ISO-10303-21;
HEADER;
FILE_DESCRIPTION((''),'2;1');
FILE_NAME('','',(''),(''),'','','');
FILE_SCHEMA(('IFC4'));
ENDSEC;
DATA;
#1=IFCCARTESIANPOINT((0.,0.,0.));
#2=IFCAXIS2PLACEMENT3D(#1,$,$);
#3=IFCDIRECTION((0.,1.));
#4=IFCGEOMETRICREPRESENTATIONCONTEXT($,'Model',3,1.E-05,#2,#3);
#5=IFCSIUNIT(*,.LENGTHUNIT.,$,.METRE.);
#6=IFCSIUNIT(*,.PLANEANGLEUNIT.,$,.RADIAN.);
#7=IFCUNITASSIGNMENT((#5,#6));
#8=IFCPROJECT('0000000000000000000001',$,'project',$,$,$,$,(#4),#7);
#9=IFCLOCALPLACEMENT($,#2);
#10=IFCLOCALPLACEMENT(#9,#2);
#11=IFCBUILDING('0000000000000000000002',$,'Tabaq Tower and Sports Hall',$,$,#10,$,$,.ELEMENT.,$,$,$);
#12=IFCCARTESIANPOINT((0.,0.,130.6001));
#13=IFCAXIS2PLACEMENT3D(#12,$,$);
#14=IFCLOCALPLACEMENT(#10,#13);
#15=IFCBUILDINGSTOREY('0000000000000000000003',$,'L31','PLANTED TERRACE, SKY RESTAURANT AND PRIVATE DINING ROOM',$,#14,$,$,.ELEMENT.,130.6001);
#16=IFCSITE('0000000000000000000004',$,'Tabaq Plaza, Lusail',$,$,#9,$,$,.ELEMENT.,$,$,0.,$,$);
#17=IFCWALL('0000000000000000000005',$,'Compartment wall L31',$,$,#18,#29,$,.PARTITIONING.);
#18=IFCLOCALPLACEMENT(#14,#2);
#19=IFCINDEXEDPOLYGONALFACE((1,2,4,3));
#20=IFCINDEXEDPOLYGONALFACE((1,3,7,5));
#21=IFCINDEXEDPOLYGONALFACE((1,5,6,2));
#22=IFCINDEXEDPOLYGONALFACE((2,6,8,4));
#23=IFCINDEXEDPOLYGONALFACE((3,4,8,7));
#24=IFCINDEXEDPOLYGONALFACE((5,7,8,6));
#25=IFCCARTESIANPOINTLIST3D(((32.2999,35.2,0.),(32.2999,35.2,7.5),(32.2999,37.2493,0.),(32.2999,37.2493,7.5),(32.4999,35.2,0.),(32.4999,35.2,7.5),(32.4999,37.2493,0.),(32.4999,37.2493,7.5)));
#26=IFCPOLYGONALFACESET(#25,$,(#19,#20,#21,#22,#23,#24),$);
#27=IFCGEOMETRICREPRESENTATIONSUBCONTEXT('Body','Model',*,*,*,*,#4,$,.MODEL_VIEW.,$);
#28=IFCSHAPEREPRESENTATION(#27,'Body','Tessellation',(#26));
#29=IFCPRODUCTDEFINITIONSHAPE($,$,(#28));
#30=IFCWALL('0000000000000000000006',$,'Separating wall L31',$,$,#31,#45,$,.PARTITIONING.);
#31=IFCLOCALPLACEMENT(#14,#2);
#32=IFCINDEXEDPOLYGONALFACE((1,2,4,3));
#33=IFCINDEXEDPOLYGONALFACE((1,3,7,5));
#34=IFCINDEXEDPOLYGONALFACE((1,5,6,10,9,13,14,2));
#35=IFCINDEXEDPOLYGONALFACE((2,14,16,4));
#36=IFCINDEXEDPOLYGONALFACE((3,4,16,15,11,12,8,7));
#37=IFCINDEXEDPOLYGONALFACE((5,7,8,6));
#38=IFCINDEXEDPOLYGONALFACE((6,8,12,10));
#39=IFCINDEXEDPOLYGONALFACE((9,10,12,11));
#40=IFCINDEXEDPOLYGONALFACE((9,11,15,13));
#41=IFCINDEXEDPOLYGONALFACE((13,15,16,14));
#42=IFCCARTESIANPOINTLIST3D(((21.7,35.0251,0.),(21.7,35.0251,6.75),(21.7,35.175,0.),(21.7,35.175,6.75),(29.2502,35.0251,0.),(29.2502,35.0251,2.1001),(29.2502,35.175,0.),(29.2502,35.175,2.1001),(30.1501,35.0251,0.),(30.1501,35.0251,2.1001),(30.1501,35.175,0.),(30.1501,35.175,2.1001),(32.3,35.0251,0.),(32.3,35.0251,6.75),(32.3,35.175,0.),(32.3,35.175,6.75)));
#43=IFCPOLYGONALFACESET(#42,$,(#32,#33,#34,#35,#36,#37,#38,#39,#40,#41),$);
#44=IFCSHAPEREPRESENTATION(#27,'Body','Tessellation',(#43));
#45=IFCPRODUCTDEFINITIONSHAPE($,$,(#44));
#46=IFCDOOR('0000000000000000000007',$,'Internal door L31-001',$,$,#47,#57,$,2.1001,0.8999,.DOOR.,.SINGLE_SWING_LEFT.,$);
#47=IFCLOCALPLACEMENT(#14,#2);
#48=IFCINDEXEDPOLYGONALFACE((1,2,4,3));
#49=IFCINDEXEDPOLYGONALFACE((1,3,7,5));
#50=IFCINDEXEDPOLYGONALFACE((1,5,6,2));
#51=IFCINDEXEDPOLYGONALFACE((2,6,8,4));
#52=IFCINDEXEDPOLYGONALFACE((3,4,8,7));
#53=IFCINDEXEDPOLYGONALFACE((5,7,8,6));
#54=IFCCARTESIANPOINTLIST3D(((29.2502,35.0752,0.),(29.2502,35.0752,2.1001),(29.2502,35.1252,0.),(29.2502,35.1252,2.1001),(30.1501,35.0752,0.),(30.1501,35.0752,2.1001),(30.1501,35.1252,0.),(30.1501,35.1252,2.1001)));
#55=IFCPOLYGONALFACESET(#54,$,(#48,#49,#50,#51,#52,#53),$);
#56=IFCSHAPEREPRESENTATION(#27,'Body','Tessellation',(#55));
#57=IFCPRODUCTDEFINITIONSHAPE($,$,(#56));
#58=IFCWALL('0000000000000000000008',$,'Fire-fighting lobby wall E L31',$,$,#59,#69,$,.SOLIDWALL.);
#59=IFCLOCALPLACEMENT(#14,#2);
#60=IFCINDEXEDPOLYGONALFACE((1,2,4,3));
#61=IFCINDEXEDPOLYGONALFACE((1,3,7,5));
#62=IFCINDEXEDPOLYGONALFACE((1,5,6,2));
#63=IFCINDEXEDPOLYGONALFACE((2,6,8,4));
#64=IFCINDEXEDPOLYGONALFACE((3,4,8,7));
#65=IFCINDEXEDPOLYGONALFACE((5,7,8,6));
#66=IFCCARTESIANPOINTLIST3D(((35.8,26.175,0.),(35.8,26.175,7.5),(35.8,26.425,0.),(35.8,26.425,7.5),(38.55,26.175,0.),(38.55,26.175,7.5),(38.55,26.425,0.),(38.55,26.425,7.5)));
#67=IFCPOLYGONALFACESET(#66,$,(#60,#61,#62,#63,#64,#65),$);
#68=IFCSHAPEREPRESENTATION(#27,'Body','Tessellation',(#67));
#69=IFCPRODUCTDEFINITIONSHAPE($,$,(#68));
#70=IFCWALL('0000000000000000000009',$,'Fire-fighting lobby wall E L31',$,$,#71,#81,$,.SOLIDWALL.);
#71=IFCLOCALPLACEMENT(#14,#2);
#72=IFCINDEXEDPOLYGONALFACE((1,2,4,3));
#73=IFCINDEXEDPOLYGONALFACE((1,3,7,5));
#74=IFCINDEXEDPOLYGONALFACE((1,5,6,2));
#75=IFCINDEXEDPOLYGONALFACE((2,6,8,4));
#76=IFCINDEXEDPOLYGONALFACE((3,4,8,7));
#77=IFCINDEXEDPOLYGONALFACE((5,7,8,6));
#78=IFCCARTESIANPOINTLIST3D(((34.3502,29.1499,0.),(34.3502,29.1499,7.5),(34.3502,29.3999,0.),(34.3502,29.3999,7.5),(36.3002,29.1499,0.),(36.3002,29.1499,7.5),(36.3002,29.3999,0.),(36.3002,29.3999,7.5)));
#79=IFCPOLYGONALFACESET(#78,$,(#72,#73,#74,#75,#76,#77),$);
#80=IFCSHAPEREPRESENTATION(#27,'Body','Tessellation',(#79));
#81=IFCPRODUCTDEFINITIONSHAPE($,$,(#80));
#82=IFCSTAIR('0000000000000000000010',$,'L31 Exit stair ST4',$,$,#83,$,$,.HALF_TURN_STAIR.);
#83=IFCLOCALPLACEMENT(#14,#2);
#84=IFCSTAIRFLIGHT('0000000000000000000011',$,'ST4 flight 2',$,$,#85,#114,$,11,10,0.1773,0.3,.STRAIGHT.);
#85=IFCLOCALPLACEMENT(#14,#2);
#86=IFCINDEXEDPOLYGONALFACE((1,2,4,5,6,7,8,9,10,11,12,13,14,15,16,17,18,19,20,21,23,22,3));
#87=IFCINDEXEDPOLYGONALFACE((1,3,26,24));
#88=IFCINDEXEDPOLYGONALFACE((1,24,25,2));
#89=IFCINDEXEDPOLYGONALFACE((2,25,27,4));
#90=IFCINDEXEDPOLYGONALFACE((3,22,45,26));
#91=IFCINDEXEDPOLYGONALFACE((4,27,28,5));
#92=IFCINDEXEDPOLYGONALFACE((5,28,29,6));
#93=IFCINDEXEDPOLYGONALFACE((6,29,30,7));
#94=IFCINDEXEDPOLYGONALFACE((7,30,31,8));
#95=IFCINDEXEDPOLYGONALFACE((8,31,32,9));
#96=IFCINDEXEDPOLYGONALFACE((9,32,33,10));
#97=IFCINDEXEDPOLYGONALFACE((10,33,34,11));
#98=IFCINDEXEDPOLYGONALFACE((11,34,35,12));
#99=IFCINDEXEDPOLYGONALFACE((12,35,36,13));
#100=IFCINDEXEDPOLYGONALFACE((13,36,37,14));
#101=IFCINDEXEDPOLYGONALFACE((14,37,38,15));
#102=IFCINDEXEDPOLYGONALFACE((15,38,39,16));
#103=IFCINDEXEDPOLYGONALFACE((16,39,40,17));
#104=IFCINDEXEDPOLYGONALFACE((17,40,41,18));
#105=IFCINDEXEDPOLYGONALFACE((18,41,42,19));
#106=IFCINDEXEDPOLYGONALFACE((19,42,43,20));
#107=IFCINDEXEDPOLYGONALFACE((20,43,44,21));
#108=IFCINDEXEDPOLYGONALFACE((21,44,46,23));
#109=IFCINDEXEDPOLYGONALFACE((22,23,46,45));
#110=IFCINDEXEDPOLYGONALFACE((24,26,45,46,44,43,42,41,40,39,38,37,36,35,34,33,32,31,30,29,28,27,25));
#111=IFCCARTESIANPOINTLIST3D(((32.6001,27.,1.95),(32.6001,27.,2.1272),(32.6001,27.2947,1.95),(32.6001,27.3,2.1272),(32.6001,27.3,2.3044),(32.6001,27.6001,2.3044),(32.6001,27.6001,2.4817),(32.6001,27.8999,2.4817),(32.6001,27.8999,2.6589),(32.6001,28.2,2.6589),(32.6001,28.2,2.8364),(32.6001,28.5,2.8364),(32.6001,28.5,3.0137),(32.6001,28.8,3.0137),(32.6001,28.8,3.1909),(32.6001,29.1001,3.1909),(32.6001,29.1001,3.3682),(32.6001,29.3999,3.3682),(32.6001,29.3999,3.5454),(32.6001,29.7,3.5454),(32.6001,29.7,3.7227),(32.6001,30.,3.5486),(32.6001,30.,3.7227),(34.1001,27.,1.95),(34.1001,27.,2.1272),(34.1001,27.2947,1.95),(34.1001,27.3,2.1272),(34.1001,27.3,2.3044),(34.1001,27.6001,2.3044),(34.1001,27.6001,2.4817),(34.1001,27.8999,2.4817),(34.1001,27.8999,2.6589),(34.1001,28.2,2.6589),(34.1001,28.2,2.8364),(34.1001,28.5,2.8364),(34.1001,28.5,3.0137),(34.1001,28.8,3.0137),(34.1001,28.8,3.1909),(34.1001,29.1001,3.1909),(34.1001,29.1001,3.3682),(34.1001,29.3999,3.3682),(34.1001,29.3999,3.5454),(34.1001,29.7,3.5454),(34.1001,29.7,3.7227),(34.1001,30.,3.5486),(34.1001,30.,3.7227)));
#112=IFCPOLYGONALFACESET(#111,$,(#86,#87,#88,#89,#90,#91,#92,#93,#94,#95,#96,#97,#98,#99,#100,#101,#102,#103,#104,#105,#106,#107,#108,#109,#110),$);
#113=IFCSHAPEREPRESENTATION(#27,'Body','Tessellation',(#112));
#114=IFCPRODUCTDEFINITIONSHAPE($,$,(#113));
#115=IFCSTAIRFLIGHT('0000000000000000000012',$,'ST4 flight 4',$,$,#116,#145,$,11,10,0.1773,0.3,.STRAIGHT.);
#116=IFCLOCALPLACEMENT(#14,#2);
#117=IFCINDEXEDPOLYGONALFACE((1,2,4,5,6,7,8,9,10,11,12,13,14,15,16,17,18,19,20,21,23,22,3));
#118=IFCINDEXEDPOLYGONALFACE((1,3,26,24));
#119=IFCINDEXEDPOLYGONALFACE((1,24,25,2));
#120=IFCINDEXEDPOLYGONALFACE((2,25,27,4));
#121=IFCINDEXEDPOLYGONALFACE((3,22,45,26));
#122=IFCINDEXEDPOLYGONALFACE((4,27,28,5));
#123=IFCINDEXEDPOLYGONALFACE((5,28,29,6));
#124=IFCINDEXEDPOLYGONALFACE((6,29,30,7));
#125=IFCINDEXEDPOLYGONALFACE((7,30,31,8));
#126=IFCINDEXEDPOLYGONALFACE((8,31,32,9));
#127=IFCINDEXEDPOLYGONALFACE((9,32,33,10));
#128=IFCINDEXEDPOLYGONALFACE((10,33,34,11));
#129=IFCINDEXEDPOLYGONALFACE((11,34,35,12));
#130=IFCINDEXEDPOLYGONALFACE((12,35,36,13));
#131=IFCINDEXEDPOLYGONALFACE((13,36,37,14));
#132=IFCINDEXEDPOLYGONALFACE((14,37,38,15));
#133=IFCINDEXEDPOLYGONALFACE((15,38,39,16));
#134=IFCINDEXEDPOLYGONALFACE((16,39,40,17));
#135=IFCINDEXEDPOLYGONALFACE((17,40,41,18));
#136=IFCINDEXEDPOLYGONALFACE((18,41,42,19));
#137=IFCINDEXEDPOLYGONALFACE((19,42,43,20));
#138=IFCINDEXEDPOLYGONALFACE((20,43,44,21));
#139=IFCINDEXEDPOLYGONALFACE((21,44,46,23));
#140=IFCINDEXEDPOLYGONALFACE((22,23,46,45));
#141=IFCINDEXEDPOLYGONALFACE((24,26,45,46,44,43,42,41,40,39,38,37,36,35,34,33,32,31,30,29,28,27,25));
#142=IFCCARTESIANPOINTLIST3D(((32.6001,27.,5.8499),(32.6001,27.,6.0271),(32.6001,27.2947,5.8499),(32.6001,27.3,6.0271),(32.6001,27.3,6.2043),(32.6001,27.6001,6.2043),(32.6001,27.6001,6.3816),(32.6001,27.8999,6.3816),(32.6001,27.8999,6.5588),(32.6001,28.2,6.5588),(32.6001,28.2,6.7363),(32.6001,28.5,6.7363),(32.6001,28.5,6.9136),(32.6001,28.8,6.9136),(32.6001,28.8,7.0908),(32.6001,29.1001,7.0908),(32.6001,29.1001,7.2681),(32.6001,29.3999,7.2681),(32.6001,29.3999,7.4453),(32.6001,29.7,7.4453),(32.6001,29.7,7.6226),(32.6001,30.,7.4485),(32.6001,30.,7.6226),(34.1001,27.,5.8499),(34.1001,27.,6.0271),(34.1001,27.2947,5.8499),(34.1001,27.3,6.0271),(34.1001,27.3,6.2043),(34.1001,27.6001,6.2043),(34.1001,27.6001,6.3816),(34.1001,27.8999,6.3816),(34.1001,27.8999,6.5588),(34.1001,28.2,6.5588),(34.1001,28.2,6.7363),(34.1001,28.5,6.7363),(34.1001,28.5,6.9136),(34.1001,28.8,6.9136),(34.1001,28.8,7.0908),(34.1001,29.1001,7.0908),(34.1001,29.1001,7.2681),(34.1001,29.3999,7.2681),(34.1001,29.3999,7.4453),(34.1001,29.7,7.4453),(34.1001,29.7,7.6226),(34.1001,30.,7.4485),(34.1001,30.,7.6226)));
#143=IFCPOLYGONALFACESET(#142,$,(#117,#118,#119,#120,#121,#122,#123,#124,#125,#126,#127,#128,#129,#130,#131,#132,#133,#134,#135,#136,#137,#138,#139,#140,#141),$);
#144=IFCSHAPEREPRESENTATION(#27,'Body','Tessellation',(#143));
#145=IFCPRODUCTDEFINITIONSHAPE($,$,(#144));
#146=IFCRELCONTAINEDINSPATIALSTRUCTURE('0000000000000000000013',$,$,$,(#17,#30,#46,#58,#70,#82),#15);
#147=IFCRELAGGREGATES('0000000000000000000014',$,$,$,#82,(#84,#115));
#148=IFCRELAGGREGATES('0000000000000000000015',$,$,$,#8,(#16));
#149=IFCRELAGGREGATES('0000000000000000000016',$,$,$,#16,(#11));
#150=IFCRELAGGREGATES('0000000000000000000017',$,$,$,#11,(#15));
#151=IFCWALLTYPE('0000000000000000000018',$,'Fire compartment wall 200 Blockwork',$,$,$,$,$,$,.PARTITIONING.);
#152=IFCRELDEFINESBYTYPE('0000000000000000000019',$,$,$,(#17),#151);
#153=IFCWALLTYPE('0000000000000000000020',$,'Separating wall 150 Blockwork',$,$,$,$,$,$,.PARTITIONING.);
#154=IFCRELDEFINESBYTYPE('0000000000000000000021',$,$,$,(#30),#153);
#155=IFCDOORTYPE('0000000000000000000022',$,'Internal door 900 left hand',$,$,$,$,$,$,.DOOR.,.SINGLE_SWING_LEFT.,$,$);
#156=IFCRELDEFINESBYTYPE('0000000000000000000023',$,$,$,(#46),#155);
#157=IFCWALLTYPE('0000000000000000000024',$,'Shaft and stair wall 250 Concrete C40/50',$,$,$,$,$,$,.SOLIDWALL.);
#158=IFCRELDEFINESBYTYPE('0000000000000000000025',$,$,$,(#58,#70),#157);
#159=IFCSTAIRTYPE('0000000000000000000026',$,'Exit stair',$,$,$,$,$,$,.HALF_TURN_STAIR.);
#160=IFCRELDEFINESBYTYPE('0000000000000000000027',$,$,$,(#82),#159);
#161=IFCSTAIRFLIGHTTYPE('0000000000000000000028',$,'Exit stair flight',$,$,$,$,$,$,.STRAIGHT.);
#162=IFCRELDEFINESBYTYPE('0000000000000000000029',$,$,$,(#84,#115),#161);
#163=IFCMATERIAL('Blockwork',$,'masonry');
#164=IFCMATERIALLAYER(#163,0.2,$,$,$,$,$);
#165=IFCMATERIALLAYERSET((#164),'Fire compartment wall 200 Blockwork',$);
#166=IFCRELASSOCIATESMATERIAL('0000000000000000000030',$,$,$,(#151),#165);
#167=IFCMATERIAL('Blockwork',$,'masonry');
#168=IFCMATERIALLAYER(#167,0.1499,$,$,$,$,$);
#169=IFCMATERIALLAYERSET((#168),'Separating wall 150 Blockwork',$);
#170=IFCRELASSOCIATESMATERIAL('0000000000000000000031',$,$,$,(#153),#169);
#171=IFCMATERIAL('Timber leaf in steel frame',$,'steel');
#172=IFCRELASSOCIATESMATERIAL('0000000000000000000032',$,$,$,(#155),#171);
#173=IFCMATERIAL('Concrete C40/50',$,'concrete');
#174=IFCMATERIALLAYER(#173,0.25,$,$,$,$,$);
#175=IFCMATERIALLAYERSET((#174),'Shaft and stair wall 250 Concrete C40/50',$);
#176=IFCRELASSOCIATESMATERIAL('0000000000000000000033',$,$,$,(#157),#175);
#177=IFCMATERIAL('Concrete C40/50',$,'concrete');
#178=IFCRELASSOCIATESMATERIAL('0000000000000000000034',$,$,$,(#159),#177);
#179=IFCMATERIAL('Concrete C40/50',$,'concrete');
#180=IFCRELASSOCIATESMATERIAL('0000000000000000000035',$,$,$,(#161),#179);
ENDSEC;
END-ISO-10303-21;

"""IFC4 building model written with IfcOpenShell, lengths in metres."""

from ifc_helpers import new_model, si_unit, direction, frame, frame_2d, origin, place, context, subcontext, project, spatial, polyline, rectangle, outline, extrude, material, layer, layer_set, type_object, element, fill, aggregate, save


model = new_model("IFC4")

# Units and contexts
model_context = context("Model", 3, precision=1e-05, world=origin(), true_north=direction((0.0, 1.0)))
body_context = subcontext(model_context, "Body", "Model", "MODEL_VIEW")
ifc_project = project(units=[si_unit("LENGTHUNIT", "METRE"), si_unit("PLANEANGLEUNIT", "RADIAN")], contexts=[model_context])

# Site, building, storey
site_placement = place(None, origin())
site = spatial("IfcSite", under=ifc_project, at=site_placement, Name="Tabaq Plaza, Lusail", CompositionType="ELEMENT", RefElevation=0.0)
building_placement = place(site_placement, origin())
building = spatial("IfcBuilding", under=site, at=building_placement, Name="Tabaq Tower and Sports Hall", CompositionType="ELEMENT")
storey_placement = place(building_placement, frame((0.0, 0.0, 130.6001)))
storey = spatial("IfcBuildingStorey", under=building, at=storey_placement, Name="L31", Description="PLANTED TERRACE, SKY RESTAURANT AND PRIVATE DINING ROOM", CompositionType="ELEMENT", Elevation=130.6001)

# Wall
ifc_material_1 = material(Name="Blockwork", Category="masonry")
ifc_layer_1 = layer(ifc_material_1, 0.2)
ifc_layer_set_1 = layer_set([ifc_layer_1], Name="Fire compartment wall 200 Blockwork")
wall_type_1 = type_object("IfcWallType", Name="Fire compartment wall 200 Blockwork", PredefinedType="PARTITIONING", material=ifc_layer_set_1)
wall_1_placement = place(storey_placement, frame((32.3999, 35.2, 0.0), z_axis=(0.0, 0.0, 1.0), x_axis=(0.0, 1.0, 0.0)))
element("IfcWall", 1, at=wall_1_placement, inside=storey, type_object=wall_type_1, Name="Compartment wall L31", PredefinedType="PARTITIONING", context=body_context, shape_type="SweptSolid", body=[
    extrude(rectangle(XDim=2.0493, YDim=0.2, at=frame_2d((1.0247, 0.0))), origin(), (0.0, 0.0, 1.0), 7.5),
])

# Wall, opening, door
ifc_material_2 = material(Name="Blockwork", Category="masonry")
ifc_layer_2 = layer(ifc_material_2, 0.1499)
ifc_layer_set_2 = layer_set([ifc_layer_2], Name="Separating wall 150 Blockwork")
wall_type_2 = type_object("IfcWallType", Name="Separating wall 150 Blockwork", PredefinedType="PARTITIONING", material=ifc_layer_set_2)
wall_2_placement = place(storey_placement, frame((32.3, 35.1001, 0.0), z_axis=(0.0, 0.0, 1.0), x_axis=(-1.0, 0.0, 0.0)))
wall_2 = element("IfcWall", 2, at=wall_2_placement, inside=storey, type_object=wall_type_2, Name="Separating wall L31", PredefinedType="PARTITIONING", context=body_context, shape_type="SweptSolid", body=[
    extrude(rectangle(XDim=10.6001, YDim=0.1499, at=frame_2d((5.3, 0.0))), origin(), (0.0, 0.0, 1.0), 6.75),
])
opening_placement = place(wall_2_placement, frame((2.1499, 0.0, 0.0)))
opening = element("IfcOpeningElement", 3, at=opening_placement, cuts=wall_2, PredefinedType="OPENING", context=body_context, shape_type="SweptSolid", body=[
    extrude(rectangle(XDim=0.8999, YDim=2.1001, at=frame_2d((0.45, 1.05))), frame((0.0, 0.075, 0.0), z_axis=(0.0, -1.0, 0.0), x_axis=(1.0, 0.0, 0.0)), (0.0, 0.0, 1.0), 0.1499),
])
ifc_material_3 = material(Name="Timber leaf in steel frame", Category="steel")
door_type = type_object("IfcDoorType", Name="Internal door 900 left hand", OperationType="SINGLE_SWING_LEFT", PredefinedType="DOOR", material=ifc_material_3)
door_placement = place(opening_placement, origin())
door = element("IfcDoor", 4, at=door_placement, inside=storey, type_object=door_type, Name="Internal door L31-001", OperationType="SINGLE_SWING_LEFT", OverallHeight=2.1001, OverallWidth=0.8999, PredefinedType="DOOR", context=body_context, shape_type="SweptSolid", body=[
    extrude(rectangle(XDim=0.8999, YDim=2.1001, at=frame_2d((0.45, 1.05))), frame((0.0, 0.0249, 0.0), z_axis=(0.0, -1.0, 0.0), x_axis=(1.0, 0.0, 0.0)), (0.0, 0.0, 1.0), 0.05),
])
fill(opening, door)

# Walls
ifc_material_4 = material(Name="Concrete C40/50", Category="concrete")
ifc_layer_3 = layer(ifc_material_4, 0.25)
ifc_layer_set_3 = layer_set([ifc_layer_3], Name="Shaft and stair wall 250 Concrete C40/50")
wall_type_3 = type_object("IfcWallType", Name="Shaft and stair wall 250 Concrete C40/50", PredefinedType="SOLIDWALL", material=ifc_layer_set_3)
wall_3_placement = place(storey_placement, frame((35.8, 26.3, 0.0), z_axis=(0.0, 0.0, 1.0), x_axis=(1.0, 0.0, 0.0)))
element("IfcWall", 5, at=wall_3_placement, inside=storey, type_object=wall_type_3, Name="Fire-fighting lobby wall E L31", PredefinedType="SOLIDWALL", context=body_context, shape_type="SweptSolid", body=[
    extrude(rectangle(XDim=2.75, YDim=0.25, at=frame_2d((1.375, 0.0))), origin(), (0.0, 0.0, 1.0), 7.5),
])
wall_4_placement = place(storey_placement, frame((34.3501, 29.2749, 0.0), z_axis=(0.0, 0.0, 1.0), x_axis=(1.0, 0.0, 0.0)))
element("IfcWall", 6, at=wall_4_placement, inside=storey, type_object=wall_type_3, Name="Fire-fighting lobby wall E L31", PredefinedType="SOLIDWALL", context=body_context, shape_type="SweptSolid", body=[
    extrude(rectangle(XDim=1.95, YDim=0.25, at=frame_2d((0.9751, 0.0))), origin(), (0.0, 0.0, 1.0), 7.5),
])

# Stair, stair flights
ifc_material_5 = material(Name="Concrete C40/50", Category="concrete")
stair_type = type_object("IfcStairType", Name="Exit stair", PredefinedType="HALF_TURN_STAIR", material=ifc_material_5)
stair_placement = place(storey_placement, origin())
stair = element("IfcStair", 7, at=stair_placement, inside=storey, type_object=stair_type, Name="L31 Exit stair ST4", PredefinedType="HALF_TURN_STAIR")
ifc_material_6 = material(Name="Concrete C40/50", Category="concrete")
stair_flight_type = type_object("IfcStairFlightType", Name="Exit stair flight", PredefinedType="STRAIGHT", material=ifc_material_6)
stair_flight_1_placement = place(storey_placement, frame((33.3501, 27.0, 1.95), z_axis=(0.0, 0.0, 1.0), x_axis=(0.0, 1.0, 0.0)))
stair_flight_1 = element("IfcStairFlight", 8, at=stair_flight_1_placement, type_object=stair_flight_type, Name="ST4 flight 2", NumberOfRisers=11, NumberOfTreads=10, PredefinedType="STRAIGHT", RiserHeight=0.1773, TreadLength=0.3, context=body_context, shape_type="SweptSolid", body=[
    extrude(outline(polyline([(0.0, 0.0), (0.0, 0.1772), (0.3, 0.1772), (0.3, 0.3545), (0.6001, 0.3545), (0.6001, 0.5317), (0.8999, 0.5317), (0.8999, 0.709), (1.2, 0.709), (1.2, 0.8865), (1.5, 0.8865), (1.5, 1.0637), (1.8, 1.0637), (1.8, 1.241), (2.1001, 1.241), (2.1001, 1.4182), (2.3999, 1.4182), (2.3999, 1.5955), (2.7, 1.5955), (2.7, 1.7727), (3.0, 1.7727), (3.0, 1.95), (3.0, 1.5986), (0.2947, 0.0), (0.0, 0.0)])), frame((0.0, 0.75, 0.0), z_axis=(0.0, -1.0, 0.0), x_axis=(1.0, 0.0, 0.0)), (0.0, 0.0, 1.0), 1.5),
])
stair_flight_2_placement = place(storey_placement, frame((33.3501, 27.0, 5.8499), z_axis=(0.0, 0.0, 1.0), x_axis=(0.0, 1.0, 0.0)))
stair_flight_2 = element("IfcStairFlight", 9, at=stair_flight_2_placement, type_object=stair_flight_type, Name="ST4 flight 4", NumberOfRisers=11, NumberOfTreads=10, PredefinedType="STRAIGHT", RiserHeight=0.1773, TreadLength=0.3, context=body_context, shape_type="SweptSolid", body=[
    extrude(outline(polyline([(0.0, 0.0), (0.0, 0.1772), (0.3, 0.1772), (0.3, 0.3545), (0.6001, 0.3545), (0.6001, 0.5317), (0.8999, 0.5317), (0.8999, 0.709), (1.2, 0.709), (1.2, 0.8865), (1.5, 0.8865), (1.5, 1.0637), (1.8, 1.0637), (1.8, 1.241), (2.1001, 1.241), (2.1001, 1.4182), (2.3999, 1.4182), (2.3999, 1.5955), (2.7, 1.5955), (2.7, 1.7727), (3.0, 1.7727), (3.0, 1.95), (3.0, 1.5986), (0.2947, 0.0), (0.0, 0.0)])), frame((0.0, 0.75, 0.0), z_axis=(0.0, -1.0, 0.0), x_axis=(1.0, 0.0, 0.0)), (0.0, 0.0, 1.0), 1.5),
])
aggregate(stair, [stair_flight_1, stair_flight_2])

save(model, "model.ifc")
